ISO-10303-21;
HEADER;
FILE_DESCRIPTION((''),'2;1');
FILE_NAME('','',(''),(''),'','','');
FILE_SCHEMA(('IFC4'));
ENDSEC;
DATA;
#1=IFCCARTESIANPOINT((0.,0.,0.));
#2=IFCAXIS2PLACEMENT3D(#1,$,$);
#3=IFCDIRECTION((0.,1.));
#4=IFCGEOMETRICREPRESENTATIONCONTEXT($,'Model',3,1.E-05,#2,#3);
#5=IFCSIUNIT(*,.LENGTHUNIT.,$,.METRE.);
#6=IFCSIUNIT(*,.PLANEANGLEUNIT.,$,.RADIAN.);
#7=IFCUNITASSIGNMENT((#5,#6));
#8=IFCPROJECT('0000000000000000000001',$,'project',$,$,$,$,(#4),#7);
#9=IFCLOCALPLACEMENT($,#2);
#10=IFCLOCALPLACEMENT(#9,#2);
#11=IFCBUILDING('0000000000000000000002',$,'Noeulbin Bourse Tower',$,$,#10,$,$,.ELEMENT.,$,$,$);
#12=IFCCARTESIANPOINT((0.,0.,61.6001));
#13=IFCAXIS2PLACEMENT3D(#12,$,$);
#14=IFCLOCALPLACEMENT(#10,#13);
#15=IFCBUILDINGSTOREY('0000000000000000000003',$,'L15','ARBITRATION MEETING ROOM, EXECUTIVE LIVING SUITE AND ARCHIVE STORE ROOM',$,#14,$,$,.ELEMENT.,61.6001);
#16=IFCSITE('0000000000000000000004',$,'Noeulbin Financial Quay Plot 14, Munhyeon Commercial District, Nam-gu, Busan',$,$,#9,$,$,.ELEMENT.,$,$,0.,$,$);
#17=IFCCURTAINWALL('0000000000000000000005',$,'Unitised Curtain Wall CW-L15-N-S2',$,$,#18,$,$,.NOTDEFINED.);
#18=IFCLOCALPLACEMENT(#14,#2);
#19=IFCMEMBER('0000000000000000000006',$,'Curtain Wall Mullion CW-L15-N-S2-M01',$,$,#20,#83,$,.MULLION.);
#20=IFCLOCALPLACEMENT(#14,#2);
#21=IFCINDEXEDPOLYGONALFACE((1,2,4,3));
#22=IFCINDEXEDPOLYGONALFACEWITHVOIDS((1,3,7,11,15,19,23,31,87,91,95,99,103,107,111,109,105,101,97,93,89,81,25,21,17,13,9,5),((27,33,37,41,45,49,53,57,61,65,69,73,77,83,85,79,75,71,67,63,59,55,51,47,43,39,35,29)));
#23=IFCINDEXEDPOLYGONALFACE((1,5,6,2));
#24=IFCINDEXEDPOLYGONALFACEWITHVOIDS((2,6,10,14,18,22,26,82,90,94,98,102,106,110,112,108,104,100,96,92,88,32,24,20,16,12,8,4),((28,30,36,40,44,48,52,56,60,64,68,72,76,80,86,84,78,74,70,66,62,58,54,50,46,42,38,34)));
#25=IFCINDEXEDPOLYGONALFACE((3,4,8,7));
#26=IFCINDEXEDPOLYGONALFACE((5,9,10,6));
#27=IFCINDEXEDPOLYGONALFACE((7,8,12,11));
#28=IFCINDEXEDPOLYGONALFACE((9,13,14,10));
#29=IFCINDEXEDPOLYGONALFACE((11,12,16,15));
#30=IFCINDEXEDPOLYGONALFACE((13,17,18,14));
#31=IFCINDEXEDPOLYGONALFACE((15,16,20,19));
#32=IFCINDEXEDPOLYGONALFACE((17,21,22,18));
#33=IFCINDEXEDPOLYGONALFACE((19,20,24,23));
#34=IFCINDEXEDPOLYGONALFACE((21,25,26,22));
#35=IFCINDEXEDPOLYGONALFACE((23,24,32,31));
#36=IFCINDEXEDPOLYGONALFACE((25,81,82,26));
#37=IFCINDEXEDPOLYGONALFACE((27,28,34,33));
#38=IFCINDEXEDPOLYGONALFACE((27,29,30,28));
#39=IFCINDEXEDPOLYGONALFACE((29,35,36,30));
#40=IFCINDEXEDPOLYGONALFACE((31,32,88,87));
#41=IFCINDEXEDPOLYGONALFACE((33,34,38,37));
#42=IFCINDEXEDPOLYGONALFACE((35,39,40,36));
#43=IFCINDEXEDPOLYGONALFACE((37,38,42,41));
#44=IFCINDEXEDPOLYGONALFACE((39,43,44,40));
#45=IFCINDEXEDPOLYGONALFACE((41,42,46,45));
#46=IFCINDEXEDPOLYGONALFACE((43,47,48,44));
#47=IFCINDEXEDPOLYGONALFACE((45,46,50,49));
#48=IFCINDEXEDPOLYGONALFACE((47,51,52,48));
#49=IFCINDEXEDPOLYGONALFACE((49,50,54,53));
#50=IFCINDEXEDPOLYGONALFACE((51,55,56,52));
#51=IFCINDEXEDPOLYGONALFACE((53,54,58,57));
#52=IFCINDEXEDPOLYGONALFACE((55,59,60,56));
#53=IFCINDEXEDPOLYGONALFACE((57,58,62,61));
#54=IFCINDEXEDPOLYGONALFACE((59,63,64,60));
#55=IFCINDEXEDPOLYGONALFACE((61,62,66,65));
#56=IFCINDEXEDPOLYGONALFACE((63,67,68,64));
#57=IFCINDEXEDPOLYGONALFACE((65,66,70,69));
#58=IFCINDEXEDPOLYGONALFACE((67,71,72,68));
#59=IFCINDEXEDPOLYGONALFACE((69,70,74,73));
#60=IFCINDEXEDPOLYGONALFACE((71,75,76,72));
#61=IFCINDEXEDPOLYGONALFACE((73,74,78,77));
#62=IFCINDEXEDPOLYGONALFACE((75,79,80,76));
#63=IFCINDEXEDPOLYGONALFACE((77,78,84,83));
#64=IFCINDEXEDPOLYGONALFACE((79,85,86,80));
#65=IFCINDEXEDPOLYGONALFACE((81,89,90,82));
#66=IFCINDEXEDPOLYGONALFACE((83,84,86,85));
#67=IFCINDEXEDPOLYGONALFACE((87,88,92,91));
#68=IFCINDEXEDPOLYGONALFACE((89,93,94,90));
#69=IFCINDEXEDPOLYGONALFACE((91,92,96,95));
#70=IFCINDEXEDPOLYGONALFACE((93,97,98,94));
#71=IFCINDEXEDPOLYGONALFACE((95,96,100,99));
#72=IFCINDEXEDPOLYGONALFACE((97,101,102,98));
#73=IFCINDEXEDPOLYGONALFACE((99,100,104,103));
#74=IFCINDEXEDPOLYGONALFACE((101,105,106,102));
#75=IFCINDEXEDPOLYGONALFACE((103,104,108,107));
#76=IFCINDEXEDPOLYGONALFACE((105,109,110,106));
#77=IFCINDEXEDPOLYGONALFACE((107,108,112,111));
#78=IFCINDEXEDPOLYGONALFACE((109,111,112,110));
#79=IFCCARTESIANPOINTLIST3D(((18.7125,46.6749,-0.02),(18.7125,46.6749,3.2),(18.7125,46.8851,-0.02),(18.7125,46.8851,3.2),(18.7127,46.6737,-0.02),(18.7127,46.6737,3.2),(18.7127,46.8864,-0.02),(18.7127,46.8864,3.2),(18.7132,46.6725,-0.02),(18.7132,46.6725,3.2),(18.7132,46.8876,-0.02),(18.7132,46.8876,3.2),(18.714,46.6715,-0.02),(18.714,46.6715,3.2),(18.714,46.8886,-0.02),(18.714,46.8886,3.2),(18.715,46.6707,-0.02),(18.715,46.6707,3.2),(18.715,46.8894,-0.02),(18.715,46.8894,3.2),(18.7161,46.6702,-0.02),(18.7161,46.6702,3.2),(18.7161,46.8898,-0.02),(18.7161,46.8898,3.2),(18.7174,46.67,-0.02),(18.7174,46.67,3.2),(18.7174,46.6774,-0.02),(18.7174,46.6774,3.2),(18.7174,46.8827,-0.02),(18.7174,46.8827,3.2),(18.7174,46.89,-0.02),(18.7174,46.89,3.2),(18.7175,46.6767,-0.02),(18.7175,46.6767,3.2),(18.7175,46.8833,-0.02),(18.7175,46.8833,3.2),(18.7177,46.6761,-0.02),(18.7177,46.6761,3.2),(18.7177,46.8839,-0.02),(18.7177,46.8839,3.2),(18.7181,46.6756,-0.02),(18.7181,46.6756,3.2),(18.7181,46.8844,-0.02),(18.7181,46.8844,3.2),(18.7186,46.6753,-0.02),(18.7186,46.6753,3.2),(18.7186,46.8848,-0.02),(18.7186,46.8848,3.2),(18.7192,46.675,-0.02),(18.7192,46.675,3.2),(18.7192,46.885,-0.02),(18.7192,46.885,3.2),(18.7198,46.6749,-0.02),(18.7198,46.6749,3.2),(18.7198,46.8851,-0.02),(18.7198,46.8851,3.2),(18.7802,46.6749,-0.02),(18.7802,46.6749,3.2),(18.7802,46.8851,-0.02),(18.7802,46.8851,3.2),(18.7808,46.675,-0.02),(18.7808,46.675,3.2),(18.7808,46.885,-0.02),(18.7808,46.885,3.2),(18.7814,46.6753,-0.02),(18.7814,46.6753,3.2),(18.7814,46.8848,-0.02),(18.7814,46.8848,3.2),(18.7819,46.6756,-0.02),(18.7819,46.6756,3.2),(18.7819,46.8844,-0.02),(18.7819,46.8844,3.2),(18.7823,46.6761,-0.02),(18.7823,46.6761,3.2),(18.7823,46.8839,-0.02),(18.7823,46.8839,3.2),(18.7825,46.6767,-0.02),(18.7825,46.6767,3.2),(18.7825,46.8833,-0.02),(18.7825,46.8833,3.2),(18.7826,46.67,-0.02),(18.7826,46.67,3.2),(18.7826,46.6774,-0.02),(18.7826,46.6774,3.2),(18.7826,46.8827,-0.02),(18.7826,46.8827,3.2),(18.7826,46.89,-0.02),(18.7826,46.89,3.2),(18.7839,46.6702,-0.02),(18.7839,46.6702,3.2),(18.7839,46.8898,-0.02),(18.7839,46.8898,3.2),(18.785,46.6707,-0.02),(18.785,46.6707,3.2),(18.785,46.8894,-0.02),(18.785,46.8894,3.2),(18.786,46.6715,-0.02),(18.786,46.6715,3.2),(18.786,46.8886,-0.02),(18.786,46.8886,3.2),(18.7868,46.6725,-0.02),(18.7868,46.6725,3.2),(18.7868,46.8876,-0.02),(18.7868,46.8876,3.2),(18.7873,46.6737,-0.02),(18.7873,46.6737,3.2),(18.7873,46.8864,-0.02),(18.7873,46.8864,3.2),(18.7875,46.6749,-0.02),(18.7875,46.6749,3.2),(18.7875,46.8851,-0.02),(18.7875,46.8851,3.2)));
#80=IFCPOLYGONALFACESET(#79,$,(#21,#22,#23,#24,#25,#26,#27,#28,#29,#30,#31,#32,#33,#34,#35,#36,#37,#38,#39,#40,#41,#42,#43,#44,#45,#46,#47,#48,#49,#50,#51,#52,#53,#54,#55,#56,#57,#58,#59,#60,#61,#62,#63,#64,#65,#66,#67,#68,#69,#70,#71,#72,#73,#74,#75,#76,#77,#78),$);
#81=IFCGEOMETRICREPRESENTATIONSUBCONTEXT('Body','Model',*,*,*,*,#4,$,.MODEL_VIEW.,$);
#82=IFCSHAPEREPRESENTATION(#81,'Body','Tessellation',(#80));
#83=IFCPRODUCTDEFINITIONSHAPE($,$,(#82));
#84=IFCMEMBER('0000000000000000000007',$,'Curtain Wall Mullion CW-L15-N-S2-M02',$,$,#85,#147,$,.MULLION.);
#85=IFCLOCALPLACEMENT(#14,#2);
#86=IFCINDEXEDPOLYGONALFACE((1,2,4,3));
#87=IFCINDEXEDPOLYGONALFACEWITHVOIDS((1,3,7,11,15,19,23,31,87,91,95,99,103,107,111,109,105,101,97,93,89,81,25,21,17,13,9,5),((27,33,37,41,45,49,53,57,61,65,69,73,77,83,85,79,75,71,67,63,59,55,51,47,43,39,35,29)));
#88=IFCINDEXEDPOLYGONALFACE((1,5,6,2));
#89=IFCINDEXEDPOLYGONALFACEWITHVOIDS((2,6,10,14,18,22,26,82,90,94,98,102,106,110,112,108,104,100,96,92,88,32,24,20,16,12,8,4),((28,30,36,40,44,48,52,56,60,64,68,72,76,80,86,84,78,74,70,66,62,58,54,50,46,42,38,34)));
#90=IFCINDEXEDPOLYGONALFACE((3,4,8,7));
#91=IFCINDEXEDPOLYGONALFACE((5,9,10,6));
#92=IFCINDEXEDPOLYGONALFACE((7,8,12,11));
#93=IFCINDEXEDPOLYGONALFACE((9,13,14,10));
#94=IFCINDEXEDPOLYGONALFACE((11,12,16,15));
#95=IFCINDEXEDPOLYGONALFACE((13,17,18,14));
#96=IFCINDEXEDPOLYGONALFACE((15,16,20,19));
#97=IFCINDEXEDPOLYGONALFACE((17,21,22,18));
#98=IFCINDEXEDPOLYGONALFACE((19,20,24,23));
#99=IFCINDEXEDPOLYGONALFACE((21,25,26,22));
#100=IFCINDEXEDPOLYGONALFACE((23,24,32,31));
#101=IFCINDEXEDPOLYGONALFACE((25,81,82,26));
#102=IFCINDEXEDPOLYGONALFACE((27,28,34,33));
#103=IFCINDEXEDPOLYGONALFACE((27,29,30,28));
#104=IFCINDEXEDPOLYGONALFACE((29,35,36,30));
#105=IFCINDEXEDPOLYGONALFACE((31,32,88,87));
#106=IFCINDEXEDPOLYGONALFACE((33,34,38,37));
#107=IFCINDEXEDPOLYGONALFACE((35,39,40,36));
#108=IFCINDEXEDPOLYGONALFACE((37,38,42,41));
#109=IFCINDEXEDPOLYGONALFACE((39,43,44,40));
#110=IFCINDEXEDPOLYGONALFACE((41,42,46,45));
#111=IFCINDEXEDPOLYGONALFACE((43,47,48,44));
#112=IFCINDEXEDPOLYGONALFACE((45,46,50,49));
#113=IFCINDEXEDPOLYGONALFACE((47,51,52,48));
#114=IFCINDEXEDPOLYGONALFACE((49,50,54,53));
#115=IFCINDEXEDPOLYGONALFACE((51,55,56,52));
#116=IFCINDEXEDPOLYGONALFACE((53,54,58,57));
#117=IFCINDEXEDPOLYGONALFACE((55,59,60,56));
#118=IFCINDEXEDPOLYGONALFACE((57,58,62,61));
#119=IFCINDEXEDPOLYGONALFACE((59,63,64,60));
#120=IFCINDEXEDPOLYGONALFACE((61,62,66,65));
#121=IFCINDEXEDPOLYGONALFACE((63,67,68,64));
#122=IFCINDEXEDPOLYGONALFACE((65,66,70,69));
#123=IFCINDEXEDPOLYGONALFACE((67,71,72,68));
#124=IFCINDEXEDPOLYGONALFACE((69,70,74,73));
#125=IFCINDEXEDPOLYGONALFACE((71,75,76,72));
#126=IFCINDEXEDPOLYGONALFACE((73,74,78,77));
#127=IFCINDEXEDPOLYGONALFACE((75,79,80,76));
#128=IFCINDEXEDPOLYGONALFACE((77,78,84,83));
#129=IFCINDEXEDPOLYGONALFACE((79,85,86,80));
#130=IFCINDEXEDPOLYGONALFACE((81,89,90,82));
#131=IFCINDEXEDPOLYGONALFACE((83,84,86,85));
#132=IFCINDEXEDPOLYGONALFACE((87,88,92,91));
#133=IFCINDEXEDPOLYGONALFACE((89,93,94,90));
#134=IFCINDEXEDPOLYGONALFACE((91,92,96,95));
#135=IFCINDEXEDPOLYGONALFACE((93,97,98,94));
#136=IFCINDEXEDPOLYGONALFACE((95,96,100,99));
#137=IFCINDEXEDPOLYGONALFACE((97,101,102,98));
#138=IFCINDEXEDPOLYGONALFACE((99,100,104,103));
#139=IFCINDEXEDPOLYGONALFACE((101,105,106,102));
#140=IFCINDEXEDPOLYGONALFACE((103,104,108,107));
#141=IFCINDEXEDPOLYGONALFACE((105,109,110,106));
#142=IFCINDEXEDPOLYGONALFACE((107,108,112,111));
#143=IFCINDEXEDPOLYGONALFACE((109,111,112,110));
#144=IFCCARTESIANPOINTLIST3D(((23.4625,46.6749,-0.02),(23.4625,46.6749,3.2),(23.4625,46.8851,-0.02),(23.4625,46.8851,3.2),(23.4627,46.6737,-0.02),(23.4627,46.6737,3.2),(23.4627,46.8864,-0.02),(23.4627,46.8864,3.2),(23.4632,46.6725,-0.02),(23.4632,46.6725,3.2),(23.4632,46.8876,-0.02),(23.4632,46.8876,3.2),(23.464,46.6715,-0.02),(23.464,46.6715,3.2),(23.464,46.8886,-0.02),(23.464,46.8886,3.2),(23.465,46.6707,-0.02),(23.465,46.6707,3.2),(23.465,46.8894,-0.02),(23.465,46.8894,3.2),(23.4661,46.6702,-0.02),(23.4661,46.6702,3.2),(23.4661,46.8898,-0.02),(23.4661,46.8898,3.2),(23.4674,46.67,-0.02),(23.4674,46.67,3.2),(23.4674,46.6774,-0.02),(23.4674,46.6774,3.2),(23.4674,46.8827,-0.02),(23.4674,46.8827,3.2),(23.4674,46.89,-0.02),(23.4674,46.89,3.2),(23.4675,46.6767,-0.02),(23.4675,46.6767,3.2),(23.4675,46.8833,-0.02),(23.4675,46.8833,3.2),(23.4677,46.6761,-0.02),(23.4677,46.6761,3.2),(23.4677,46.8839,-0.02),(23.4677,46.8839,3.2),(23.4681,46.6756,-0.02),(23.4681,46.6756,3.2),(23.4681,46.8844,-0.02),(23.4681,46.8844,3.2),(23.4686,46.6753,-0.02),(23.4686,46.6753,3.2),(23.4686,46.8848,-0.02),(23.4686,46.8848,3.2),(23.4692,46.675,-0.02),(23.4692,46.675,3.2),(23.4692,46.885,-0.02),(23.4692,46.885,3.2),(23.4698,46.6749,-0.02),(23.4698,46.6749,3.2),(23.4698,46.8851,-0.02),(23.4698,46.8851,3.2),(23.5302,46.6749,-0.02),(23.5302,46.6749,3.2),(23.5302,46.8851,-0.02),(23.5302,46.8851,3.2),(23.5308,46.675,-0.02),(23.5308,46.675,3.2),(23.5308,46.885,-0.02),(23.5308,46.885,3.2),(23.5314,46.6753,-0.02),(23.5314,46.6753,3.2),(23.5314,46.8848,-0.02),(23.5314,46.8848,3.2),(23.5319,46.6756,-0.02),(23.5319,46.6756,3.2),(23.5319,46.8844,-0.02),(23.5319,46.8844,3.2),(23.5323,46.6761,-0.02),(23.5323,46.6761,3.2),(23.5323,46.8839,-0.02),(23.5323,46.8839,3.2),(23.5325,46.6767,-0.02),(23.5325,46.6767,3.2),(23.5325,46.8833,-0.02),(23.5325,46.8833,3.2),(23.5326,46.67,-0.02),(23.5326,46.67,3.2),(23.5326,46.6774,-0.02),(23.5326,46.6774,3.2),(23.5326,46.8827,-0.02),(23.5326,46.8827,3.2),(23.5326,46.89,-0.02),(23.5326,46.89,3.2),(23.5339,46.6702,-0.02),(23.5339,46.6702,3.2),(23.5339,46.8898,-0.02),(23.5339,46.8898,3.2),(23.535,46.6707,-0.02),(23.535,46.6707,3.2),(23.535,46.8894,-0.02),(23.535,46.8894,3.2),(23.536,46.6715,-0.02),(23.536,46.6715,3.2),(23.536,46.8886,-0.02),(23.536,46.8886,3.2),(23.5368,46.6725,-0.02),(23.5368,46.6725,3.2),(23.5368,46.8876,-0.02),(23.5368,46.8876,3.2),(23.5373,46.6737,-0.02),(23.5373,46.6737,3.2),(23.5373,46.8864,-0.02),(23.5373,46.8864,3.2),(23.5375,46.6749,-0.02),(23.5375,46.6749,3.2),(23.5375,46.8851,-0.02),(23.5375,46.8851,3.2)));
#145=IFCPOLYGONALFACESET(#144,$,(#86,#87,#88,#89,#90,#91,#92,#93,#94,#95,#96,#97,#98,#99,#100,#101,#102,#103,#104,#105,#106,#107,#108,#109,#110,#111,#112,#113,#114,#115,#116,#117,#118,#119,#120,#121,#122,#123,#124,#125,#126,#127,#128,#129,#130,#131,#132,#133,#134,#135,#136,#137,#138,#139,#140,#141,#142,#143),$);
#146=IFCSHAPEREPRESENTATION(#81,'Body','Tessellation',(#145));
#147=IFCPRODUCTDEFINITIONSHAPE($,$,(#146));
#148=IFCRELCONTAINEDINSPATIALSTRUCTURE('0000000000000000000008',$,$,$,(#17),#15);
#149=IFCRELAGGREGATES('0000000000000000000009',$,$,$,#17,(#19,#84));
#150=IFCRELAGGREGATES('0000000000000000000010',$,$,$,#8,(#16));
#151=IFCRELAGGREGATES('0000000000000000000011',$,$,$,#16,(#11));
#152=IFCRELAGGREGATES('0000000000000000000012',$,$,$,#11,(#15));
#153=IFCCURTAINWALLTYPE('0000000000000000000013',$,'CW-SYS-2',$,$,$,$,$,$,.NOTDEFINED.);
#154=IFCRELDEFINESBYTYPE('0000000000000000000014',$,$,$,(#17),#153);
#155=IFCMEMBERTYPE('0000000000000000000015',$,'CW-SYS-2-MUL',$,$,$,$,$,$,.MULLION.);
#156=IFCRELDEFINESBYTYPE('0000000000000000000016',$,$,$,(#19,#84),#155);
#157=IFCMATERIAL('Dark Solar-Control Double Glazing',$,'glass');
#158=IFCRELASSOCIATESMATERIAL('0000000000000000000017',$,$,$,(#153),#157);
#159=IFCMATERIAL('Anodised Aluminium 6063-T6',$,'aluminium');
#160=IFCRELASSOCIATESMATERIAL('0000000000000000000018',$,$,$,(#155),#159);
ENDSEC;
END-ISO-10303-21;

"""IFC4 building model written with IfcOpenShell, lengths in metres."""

from ifc_helpers import new_model, si_unit, direction, frame, origin, origin_2d, place, context, subcontext, project, spatial, hollow_rectangle, extrude, material, material_profile, profile_set, type_object, element, aggregate, save


model = new_model("IFC4")

# Units and contexts
model_context = context("Model", 3, precision=1e-05, world=origin(), true_north=direction((0.0, 1.0)))
body_context = subcontext(model_context, "Body", "Model", "MODEL_VIEW")
ifc_project = project(units=[si_unit("LENGTHUNIT", "METRE"), si_unit("PLANEANGLEUNIT", "RADIAN")], contexts=[model_context])

# Site, building, storey
site_placement = place(None, origin())
site = spatial("IfcSite", under=ifc_project, at=site_placement, Name="Noeulbin Financial Quay Plot 14, Munhyeon Commercial District, Nam-gu, Busan", CompositionType="ELEMENT", RefElevation=0.0)
building_placement = place(site_placement, origin())
building = spatial("IfcBuilding", under=site, at=building_placement, Name="Noeulbin Bourse Tower", CompositionType="ELEMENT")
storey_placement = place(building_placement, frame((0.0, 0.0, 61.6001)))
storey = spatial("IfcBuildingStorey", under=building, at=storey_placement, Name="L15", Description="ARBITRATION MEETING ROOM, EXECUTIVE LIVING SUITE AND ARCHIVE STORE ROOM", CompositionType="ELEMENT", Elevation=61.6001)

# Curtain wall, members
ifc_material_1 = material(Name="Dark Solar-Control Double Glazing", Category="glass")
curtain_wall_type = type_object("IfcCurtainWallType", Name="CW-SYS-2", PredefinedType="NOTDEFINED", material=ifc_material_1)
curtain_wall_1_placement = place(storey_placement, origin())
curtain_wall_1 = element("IfcCurtainWall", 1, at=curtain_wall_1_placement, inside=storey, type_object=curtain_wall_type, Name="Unitised Curtain Wall CW-L15-N-S2", PredefinedType="NOTDEFINED")
ifc_material_2 = material(Name="Anodised Aluminium 6063-T6", Category="aluminium")
ifc_material_profile_1 = material_profile(ifc_material_2, hollow_rectangle(XDim=0.075, YDim=0.22, WallThickness=0.0049, InnerFilletRadius=0.0024, OuterFilletRadius=0.0049, at=origin_2d()), Name="ALU-MULL-75x220x5", Category="LoadBearing")
ifc_profile_set_1 = profile_set([ifc_material_profile_1], Name="Anodised Aluminium 6063-T6")
member_type_1 = type_object("IfcMemberType", Name="CW-SYS-2-MUL", PredefinedType="MULLION", material=ifc_profile_set_1)
member_1_placement = place(storey_placement, frame((18.75, 46.78, -0.02), z_axis=(0.0, 0.0, 1.0), x_axis=(1.0, 0.0, 0.0)))
member_1 = element("IfcMember", 2, at=member_1_placement, type_object=member_type_1, Name="Curtain Wall Mullion CW-L15-N-S2-M01", PredefinedType="MULLION", context=body_context, shape_type="SweptSolid", body=[
    extrude(hollow_rectangle(XDim=0.075, YDim=0.22, WallThickness=0.0049, InnerFilletRadius=0.0024, OuterFilletRadius=0.0049, at=origin_2d()), origin(), (0.0, 0.0, 1.0), 3.22),
])
member_2_placement = place(storey_placement, frame((23.5, 46.78, -0.02), z_axis=(0.0, 0.0, 1.0), x_axis=(1.0, 0.0, 0.0)))
member_2 = element("IfcMember", 3, at=member_2_placement, type_object=member_type_1, Name="Curtain Wall Mullion CW-L15-N-S2-M02", PredefinedType="MULLION", context=body_context, shape_type="SweptSolid", body=[
    extrude(hollow_rectangle(XDim=0.075, YDim=0.22, WallThickness=0.0049, InnerFilletRadius=0.0024, OuterFilletRadius=0.0049, at=origin_2d()), origin(), (0.0, 0.0, 1.0), 3.22),
])

aggregate(curtain_wall_1, [member_1, member_2])

save(model, "model.ifc")
